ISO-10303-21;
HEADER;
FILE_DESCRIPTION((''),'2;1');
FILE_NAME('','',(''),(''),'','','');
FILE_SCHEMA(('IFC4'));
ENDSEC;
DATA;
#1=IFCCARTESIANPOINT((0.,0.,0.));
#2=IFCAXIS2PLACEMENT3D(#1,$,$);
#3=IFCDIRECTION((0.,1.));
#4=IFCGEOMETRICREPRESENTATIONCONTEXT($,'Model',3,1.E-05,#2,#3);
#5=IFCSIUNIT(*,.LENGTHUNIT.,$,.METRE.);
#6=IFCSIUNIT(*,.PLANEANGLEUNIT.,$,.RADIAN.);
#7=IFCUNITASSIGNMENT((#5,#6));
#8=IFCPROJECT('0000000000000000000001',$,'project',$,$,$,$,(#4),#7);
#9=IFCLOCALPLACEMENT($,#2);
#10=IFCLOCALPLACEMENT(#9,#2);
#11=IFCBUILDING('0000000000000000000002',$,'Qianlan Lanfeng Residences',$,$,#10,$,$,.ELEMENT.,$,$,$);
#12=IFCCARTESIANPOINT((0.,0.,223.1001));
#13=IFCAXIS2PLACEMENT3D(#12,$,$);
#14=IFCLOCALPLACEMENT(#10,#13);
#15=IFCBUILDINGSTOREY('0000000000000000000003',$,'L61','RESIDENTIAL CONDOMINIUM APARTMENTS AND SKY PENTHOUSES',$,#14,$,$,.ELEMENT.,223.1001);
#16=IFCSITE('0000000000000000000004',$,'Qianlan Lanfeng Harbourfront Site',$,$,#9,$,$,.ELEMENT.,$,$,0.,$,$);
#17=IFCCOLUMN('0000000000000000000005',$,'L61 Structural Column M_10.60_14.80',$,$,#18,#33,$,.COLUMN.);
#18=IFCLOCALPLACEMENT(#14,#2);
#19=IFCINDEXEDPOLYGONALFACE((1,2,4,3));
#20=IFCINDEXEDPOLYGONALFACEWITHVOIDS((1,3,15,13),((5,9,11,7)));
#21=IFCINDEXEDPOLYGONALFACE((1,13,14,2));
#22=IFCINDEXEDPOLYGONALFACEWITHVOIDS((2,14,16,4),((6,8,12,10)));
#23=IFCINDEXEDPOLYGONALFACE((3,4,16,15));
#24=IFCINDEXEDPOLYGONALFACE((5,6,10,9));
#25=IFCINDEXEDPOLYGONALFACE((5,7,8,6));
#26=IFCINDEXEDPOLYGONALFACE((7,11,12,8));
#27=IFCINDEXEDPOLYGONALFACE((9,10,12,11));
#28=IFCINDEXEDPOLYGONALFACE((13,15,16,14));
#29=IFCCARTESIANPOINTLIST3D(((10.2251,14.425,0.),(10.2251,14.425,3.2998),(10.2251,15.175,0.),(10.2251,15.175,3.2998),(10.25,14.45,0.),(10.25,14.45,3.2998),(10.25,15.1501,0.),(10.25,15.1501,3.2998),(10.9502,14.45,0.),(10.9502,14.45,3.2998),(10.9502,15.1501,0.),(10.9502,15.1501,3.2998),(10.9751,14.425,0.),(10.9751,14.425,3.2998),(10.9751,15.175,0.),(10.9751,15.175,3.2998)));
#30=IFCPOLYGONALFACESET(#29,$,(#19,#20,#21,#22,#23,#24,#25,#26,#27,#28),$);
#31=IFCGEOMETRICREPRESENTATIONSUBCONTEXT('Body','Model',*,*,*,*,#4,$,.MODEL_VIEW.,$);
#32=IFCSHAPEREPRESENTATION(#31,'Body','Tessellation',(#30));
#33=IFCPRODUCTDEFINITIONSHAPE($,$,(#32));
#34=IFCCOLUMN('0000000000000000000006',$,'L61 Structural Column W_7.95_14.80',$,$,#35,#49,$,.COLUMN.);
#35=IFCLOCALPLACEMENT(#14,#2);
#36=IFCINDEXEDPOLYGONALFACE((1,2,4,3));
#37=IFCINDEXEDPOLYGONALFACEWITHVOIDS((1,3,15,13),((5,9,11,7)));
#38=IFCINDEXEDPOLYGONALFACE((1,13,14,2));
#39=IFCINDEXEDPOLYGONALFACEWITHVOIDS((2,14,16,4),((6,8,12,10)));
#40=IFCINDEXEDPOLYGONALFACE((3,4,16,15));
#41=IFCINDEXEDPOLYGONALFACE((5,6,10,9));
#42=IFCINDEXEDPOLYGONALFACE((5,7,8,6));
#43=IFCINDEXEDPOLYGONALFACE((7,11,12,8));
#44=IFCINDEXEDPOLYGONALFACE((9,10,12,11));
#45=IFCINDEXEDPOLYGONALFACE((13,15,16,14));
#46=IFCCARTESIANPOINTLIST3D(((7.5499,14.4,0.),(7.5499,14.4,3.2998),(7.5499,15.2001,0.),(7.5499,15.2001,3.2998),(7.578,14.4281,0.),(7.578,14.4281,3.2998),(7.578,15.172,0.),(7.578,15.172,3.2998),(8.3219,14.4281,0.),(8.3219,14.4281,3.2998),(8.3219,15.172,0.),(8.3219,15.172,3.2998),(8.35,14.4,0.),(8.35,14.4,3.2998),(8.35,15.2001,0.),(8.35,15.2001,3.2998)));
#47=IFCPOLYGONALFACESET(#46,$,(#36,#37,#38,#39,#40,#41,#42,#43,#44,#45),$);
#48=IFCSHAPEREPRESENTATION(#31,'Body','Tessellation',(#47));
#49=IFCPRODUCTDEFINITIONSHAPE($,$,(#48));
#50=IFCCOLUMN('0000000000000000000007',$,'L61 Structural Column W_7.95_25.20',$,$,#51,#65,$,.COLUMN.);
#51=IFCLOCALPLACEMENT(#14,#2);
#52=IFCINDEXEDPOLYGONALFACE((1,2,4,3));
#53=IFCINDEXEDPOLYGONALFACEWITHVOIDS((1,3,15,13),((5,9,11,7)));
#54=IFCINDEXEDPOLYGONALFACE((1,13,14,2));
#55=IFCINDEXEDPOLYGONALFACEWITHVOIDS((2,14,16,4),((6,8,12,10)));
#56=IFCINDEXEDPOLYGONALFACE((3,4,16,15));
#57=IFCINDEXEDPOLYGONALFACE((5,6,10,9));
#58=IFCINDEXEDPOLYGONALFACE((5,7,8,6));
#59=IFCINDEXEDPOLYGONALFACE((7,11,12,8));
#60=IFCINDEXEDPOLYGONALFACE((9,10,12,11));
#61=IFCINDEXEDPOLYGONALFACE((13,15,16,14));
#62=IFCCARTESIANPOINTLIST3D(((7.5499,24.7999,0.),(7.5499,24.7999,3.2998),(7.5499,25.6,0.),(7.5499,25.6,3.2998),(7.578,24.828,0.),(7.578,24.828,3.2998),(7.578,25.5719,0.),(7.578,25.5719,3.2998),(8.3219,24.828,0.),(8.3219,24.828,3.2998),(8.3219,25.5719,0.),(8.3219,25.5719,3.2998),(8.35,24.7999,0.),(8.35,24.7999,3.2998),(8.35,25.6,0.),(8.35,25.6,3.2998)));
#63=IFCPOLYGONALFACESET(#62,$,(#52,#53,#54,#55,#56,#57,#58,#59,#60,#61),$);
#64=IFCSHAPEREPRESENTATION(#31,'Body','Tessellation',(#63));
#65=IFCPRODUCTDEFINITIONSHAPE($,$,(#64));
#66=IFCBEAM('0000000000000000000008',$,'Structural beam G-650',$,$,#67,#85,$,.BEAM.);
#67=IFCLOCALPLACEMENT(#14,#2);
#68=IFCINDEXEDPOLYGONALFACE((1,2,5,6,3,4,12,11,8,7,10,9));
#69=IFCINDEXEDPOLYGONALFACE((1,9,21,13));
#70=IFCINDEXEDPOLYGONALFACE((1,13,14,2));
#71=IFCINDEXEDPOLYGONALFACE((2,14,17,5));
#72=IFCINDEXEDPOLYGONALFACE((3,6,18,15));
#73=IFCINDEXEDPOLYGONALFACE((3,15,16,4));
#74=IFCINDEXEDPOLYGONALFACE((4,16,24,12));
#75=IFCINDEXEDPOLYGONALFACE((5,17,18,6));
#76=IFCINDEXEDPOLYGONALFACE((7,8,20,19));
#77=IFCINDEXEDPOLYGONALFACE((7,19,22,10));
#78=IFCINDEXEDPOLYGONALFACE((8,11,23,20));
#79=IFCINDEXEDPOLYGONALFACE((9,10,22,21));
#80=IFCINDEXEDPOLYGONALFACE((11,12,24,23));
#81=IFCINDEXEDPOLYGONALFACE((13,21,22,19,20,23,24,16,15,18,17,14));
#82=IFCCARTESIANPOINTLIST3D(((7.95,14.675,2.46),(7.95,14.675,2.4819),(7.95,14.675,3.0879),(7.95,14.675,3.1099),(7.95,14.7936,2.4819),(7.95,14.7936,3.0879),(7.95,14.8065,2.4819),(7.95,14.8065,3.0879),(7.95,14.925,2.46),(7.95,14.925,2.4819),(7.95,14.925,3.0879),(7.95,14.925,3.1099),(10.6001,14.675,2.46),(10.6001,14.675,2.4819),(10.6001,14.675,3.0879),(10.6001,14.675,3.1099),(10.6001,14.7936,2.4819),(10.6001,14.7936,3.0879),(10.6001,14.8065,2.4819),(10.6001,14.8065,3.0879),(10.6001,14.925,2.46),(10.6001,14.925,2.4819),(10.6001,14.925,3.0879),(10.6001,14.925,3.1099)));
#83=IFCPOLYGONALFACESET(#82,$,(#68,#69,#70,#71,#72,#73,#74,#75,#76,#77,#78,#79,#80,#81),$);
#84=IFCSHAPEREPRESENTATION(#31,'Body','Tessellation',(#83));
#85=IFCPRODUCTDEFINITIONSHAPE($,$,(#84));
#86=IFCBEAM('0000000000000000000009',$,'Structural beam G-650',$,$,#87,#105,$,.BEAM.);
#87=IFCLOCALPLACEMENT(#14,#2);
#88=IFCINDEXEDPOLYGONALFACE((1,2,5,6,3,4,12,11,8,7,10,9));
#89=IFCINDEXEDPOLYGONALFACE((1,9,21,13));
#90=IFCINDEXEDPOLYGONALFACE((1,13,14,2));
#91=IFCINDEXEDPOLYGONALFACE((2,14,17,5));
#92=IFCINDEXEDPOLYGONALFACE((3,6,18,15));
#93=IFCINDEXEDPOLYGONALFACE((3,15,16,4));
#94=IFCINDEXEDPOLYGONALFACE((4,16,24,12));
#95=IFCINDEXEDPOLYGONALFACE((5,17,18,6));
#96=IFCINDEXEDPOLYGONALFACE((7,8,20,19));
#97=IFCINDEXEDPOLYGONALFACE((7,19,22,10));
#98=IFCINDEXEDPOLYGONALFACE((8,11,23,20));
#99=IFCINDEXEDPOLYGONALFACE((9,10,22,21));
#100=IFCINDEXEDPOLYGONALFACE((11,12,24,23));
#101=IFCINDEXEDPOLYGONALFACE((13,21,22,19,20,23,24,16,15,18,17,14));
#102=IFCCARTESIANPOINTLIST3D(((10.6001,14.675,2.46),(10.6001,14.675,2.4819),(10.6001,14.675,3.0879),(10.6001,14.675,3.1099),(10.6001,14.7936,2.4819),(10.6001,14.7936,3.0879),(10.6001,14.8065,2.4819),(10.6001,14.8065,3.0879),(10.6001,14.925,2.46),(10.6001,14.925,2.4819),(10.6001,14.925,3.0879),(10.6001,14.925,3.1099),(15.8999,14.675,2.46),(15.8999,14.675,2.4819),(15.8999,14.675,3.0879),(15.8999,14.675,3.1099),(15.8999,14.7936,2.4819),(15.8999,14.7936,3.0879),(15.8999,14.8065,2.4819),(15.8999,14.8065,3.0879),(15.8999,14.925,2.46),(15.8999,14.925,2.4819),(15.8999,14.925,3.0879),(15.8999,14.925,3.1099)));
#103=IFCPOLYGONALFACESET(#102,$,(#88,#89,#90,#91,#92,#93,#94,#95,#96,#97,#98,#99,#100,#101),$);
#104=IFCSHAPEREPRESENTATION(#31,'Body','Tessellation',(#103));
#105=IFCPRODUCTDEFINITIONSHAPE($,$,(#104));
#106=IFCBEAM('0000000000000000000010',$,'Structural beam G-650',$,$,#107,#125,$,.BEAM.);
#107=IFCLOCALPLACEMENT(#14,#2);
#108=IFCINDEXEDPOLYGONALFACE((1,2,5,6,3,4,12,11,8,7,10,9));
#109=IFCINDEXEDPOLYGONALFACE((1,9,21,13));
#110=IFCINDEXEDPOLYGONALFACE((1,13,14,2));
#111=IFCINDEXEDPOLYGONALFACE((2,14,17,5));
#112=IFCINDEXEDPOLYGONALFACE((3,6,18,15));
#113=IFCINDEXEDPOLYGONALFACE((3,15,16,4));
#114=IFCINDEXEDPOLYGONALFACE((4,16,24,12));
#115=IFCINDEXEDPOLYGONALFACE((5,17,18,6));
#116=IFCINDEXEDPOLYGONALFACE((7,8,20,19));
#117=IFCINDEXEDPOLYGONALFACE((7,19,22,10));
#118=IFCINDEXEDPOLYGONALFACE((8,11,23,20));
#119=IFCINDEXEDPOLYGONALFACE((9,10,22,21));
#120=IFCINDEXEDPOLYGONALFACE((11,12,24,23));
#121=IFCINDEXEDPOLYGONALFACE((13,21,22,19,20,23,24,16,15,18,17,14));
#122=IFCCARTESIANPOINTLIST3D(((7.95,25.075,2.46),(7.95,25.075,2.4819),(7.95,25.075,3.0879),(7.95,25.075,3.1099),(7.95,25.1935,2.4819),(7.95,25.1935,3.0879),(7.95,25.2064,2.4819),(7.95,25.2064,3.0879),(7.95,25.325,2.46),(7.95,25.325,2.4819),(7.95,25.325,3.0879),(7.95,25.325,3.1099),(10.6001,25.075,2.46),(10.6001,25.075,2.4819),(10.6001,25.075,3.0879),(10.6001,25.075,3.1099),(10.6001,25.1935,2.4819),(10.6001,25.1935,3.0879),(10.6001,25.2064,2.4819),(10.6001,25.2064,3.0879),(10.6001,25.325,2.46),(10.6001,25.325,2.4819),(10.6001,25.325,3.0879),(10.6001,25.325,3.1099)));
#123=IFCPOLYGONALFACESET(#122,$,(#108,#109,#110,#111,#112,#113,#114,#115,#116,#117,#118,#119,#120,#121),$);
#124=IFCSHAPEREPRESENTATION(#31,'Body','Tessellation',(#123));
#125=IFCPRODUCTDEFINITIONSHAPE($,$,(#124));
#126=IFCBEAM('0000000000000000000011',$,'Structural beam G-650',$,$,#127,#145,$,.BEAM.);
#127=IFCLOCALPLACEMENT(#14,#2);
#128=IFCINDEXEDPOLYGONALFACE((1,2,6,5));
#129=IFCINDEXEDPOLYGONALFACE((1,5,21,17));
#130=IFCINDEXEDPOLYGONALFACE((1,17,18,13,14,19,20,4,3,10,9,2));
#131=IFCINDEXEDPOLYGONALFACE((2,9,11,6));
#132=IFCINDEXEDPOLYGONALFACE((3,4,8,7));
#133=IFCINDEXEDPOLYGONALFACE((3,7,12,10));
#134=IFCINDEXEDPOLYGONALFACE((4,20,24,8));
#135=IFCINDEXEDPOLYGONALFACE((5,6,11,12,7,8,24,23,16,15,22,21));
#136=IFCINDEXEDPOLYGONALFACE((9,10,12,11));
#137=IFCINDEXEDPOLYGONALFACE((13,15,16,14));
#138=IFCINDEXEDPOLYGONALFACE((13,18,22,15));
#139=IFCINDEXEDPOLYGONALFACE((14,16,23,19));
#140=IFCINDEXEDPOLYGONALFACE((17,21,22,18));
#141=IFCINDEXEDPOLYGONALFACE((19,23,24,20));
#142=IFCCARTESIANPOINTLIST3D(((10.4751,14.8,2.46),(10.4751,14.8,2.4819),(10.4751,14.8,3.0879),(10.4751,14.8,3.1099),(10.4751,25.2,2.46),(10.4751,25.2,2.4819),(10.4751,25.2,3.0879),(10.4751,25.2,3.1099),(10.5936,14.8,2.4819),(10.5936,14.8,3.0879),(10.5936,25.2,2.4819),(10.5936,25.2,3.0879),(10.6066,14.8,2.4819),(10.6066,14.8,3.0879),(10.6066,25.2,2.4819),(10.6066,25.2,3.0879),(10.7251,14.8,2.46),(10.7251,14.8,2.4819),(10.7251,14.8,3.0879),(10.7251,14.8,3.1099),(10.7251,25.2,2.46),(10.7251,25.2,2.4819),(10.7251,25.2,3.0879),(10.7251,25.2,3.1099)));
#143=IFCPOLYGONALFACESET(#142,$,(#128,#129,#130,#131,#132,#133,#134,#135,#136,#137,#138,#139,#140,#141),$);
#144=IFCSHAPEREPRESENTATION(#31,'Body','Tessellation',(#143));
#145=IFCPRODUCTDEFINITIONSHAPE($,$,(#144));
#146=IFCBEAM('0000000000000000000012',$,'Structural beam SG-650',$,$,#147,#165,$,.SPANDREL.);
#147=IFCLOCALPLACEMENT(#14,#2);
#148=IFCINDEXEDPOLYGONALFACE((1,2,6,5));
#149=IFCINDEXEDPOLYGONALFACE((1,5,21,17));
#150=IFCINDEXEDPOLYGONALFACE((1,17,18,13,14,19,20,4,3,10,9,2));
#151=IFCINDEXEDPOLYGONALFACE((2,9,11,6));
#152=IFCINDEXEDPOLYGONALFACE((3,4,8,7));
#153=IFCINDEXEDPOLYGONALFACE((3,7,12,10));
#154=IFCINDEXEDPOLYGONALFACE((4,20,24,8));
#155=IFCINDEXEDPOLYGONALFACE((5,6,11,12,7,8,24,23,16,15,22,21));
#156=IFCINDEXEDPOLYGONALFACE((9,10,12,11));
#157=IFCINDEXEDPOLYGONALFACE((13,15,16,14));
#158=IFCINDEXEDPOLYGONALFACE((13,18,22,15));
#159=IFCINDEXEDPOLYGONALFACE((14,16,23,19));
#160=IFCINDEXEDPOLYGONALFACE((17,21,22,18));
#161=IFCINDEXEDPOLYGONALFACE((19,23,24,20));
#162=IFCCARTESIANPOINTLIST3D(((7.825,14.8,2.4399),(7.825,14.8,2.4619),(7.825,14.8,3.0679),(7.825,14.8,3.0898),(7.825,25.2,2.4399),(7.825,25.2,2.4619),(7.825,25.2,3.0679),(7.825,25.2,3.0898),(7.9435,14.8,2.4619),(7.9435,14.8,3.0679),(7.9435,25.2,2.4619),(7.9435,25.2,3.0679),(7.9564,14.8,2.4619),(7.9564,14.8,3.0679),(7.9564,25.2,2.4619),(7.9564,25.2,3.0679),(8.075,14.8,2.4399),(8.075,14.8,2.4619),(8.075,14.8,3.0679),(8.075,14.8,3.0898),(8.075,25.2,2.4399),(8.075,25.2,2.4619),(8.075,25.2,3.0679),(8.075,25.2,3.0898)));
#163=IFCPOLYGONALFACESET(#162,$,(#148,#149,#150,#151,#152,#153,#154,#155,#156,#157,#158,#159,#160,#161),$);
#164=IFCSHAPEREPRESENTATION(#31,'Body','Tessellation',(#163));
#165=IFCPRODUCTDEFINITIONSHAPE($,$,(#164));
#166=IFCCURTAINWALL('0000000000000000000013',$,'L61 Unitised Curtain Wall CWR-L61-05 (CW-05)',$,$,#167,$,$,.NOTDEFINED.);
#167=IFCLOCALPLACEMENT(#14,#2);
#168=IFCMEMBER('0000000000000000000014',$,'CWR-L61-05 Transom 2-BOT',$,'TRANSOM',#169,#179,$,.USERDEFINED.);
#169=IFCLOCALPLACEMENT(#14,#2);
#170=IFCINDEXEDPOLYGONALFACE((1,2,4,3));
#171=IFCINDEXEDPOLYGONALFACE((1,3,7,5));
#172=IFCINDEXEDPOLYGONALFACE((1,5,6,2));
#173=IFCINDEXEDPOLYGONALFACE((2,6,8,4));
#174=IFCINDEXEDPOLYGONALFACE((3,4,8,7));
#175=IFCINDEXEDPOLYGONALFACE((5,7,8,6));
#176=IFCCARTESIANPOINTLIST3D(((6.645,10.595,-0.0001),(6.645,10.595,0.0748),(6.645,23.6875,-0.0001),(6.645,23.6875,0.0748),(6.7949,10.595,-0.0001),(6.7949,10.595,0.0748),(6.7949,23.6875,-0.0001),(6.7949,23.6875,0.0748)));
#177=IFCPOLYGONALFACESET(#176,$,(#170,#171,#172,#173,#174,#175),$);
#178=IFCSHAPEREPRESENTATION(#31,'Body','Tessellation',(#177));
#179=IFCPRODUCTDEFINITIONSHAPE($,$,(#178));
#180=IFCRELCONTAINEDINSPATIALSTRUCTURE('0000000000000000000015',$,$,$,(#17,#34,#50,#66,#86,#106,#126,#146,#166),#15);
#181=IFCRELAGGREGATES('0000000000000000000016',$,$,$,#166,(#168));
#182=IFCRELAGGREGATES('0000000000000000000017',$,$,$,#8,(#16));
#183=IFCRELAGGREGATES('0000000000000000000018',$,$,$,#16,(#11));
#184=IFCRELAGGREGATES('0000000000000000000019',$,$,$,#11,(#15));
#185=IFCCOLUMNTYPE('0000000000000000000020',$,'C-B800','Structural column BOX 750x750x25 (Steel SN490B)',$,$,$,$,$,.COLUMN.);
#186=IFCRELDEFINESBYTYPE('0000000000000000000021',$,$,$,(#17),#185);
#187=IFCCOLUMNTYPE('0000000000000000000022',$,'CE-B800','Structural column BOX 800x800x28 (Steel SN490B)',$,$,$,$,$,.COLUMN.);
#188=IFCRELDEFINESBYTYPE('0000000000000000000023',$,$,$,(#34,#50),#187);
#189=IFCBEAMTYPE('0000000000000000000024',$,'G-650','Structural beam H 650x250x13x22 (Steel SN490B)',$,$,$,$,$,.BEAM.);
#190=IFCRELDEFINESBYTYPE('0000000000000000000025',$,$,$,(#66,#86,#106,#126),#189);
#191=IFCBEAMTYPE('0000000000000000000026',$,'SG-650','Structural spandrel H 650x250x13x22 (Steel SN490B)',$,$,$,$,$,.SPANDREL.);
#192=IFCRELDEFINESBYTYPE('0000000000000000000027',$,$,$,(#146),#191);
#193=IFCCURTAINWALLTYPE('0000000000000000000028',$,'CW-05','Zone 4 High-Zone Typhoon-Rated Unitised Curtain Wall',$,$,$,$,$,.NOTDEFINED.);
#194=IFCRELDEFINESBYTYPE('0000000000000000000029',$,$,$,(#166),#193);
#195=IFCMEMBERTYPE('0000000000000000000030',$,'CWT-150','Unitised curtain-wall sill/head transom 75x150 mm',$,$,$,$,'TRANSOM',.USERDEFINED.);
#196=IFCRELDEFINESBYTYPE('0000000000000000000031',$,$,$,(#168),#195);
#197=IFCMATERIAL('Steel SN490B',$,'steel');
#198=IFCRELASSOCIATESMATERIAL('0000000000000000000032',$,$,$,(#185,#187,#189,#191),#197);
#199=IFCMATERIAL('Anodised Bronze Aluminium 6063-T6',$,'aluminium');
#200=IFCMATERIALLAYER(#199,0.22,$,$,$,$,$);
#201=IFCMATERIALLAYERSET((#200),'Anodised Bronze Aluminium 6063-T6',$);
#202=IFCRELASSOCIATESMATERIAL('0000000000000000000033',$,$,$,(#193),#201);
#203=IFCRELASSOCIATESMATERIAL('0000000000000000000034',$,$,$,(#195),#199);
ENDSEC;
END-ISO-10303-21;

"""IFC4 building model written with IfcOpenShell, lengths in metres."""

from ifc_helpers import new_model, si_unit, direction, frame, origin, origin_2d, place, context, subcontext, project, spatial, rectangle, hollow_rectangle, i_section, extrude, source, transform, mapped, material, layer, layer_set, material_profile, profile_set, type_object, element, aggregate, save


model = new_model("IFC4")

# Units and contexts
model_context = context("Model", 3, precision=1e-05, world=origin(), true_north=direction((0.0, 1.0)))
body_context = subcontext(model_context, "Body", "Model", "MODEL_VIEW")
ifc_project = project(units=[si_unit("LENGTHUNIT", "METRE"), si_unit("PLANEANGLEUNIT", "RADIAN")], contexts=[model_context])

# Site, building, storey
site_placement = place(None, origin())
site = spatial("IfcSite", under=ifc_project, at=site_placement, Name="Qianlan Lanfeng Harbourfront Site", CompositionType="ELEMENT", RefElevation=0.0)
building_placement = place(site_placement, origin())
building = spatial("IfcBuilding", under=site, at=building_placement, Name="Qianlan Lanfeng Residences", CompositionType="ELEMENT")
storey_placement = place(building_placement, frame((0.0, 0.0, 223.1001)))
storey = spatial("IfcBuildingStorey", under=building, at=storey_placement, Name="L61", Description="RESIDENTIAL CONDOMINIUM APARTMENTS AND SKY PENTHOUSES", CompositionType="ELEMENT", Elevation=223.1001)

# Columns
ifc_material_1 = material(Name="Steel SN490B", Category="steel")
ifc_material_profile_1 = material_profile(ifc_material_1, hollow_rectangle(XDim=0.75, YDim=0.75, WallThickness=0.0249, at=origin_2d()), Name="BOX 750x750x25")
ifc_profile_set_1 = profile_set([ifc_material_profile_1], Name="Steel SN490B")
column_type_1 = type_object("IfcColumnType", Name="C-B800", Description="Structural column BOX 750x750x25 (Steel SN490B)", PredefinedType="COLUMN", material=ifc_profile_set_1)
column_placement = place(storey_placement, frame((10.6001, 14.8, 0.0), z_axis=(0.0, 0.0, 1.0), x_axis=(1.0, 0.0, 0.0)))
element("IfcColumn", 1, at=column_placement, inside=storey, type_object=column_type_1, Name="L61 Structural Column M_10.60_14.80", PredefinedType="COLUMN", context=body_context, shape_type="SweptSolid", body=[
    extrude(hollow_rectangle(XDim=0.75, YDim=0.75, WallThickness=0.0249, at=origin_2d()), origin(), (0.0, 0.0, 1.0), 3.2998),
])
ifc_material_profile_2 = material_profile(ifc_material_1, hollow_rectangle(XDim=0.8, YDim=0.8, WallThickness=0.0281, at=origin_2d()), Name="BOX 800x800x28")
ifc_profile_set_2 = profile_set([ifc_material_profile_2], Name="Steel SN490B")
column_type_2 = type_object("IfcColumnType", Name="CE-B800", Description="Structural column BOX 800x800x28 (Steel SN490B)", PredefinedType="COLUMN", material=ifc_profile_set_2)
for number, where, z_axis, x_axis, name in (
    (2, (7.95, 14.8, 0.0), (0.0, 0.0, 1.0), (1.0, 0.0, 0.0), "L61 Structural Column W_7.95_14.80"),
    (3, (7.95, 25.2, 0.0), (0.0, 0.0, 1.0), (1.0, 0.0, 0.0), "L61 Structural Column W_7.95_25.20"),
):
    element("IfcColumn", number, at=place(storey_placement, frame(where, z_axis=z_axis, x_axis=x_axis)), inside=storey, type_object=column_type_2, Name=name, PredefinedType="COLUMN", context=body_context, shape_type="SweptSolid", body=[
        extrude(hollow_rectangle(XDim=0.8, YDim=0.8, WallThickness=0.0281, at=origin_2d()), origin(), (0.0, 0.0, 1.0), 3.2998),
    ])

# Beams
ifc_material_profile_3 = material_profile(ifc_material_1, i_section(OverallWidth=0.25, OverallDepth=0.6499, WebThickness=0.0129, FlangeThickness=0.022, at=origin_2d()), Name="H 650x250x13x22")
ifc_profile_set_3 = profile_set([ifc_material_profile_3], Name="Steel SN490B")
beam_type_1 = type_object("IfcBeamType", Name="G-650", Description="Structural beam H 650x250x13x22 (Steel SN490B)", PredefinedType="BEAM", material=ifc_profile_set_3)
beam_1_placement = place(storey_placement, frame((7.95, 14.8, 2.7849), z_axis=(1.0, 0.0, 0.0), x_axis=(0.0, 1.0, 0.0)))
element("IfcBeam", 4, at=beam_1_placement, inside=storey, type_object=beam_type_1, Name="Structural beam G-650", PredefinedType="BEAM", context=body_context, shape_type="SweptSolid", body=[
    extrude(i_section(OverallWidth=0.25, OverallDepth=0.6499, WebThickness=0.0129, FlangeThickness=0.022, at=origin_2d()), origin(), (0.0, 0.0, 1.0), 2.6501),
])
beam_2_placement = place(storey_placement, frame((10.6001, 14.8, 2.7849), z_axis=(1.0, 0.0, 0.0), x_axis=(0.0, 1.0, 0.0)))
element("IfcBeam", 5, at=beam_2_placement, inside=storey, type_object=beam_type_1, Name="Structural beam G-650", PredefinedType="BEAM", context=body_context, shape_type="SweptSolid", body=[
    extrude(i_section(OverallWidth=0.25, OverallDepth=0.6499, WebThickness=0.0129, FlangeThickness=0.022, at=origin_2d()), origin(), (0.0, 0.0, 1.0), 5.2998),
])
beam_3_placement = place(storey_placement, frame((7.95, 25.2, 2.7849), z_axis=(1.0, 0.0, 0.0), x_axis=(0.0, 1.0, 0.0)))
element("IfcBeam", 6, at=beam_3_placement, inside=storey, type_object=beam_type_1, Name="Structural beam G-650", PredefinedType="BEAM", context=body_context, shape_type="SweptSolid", body=[
    extrude(i_section(OverallWidth=0.25, OverallDepth=0.6499, WebThickness=0.0129, FlangeThickness=0.022, at=origin_2d()), origin(), (0.0, 0.0, 1.0), 2.6501),
])
beam_4_placement = place(storey_placement, frame((10.6001, 14.8, 2.7849), z_axis=(0.0, 1.0, 0.0), x_axis=(-1.0, 0.0, 0.0)))
element("IfcBeam", 7, at=beam_4_placement, inside=storey, type_object=beam_type_1, Name="Structural beam G-650", PredefinedType="BEAM", context=body_context, shape_type="SweptSolid", body=[
    extrude(i_section(OverallWidth=0.25, OverallDepth=0.6499, WebThickness=0.0129, FlangeThickness=0.022, at=origin_2d()), origin(), (0.0, 0.0, 1.0), 10.3999),
])
ifc_material_profile_4 = material_profile(ifc_material_1, i_section(OverallWidth=0.25, OverallDepth=0.6499, WebThickness=0.0129, FlangeThickness=0.022, at=origin_2d()), Name="H 650x250x13x22")
ifc_profile_set_4 = profile_set([ifc_material_profile_4], Name="Steel SN490B")
beam_type_2 = type_object("IfcBeamType", Name="SG-650", Description="Structural spandrel H 650x250x13x22 (Steel SN490B)", PredefinedType="SPANDREL", material=ifc_profile_set_4)
beam_5_placement = place(storey_placement, frame((7.95, 14.8, 2.7649), z_axis=(0.0, 1.0, 0.0), x_axis=(-1.0, 0.0, 0.0)))
element("IfcBeam", 8, at=beam_5_placement, inside=storey, type_object=beam_type_2, Name="Structural beam SG-650", PredefinedType="SPANDREL", context=body_context, shape_type="SweptSolid", body=[
    extrude(i_section(OverallWidth=0.25, OverallDepth=0.6499, WebThickness=0.0129, FlangeThickness=0.022, at=origin_2d()), origin(), (0.0, 0.0, 1.0), 10.3999),
])

# Curtain wall, member
ifc_material_2 = material(Name="Anodised Bronze Aluminium 6063-T6", Category="aluminium")
ifc_layer_1 = layer(ifc_material_2, 0.22)
ifc_layer_set_1 = layer_set([ifc_layer_1], Name="Anodised Bronze Aluminium 6063-T6")
curtain_wall_type = type_object("IfcCurtainWallType", Name="CW-05", Description="Zone 4 High-Zone Typhoon-Rated Unitised Curtain Wall", PredefinedType="NOTDEFINED", material=ifc_layer_set_1)
curtain_wall_placement = place(storey_placement, origin())
curtain_wall = element("IfcCurtainWall", 9, at=curtain_wall_placement, inside=storey, type_object=curtain_wall_type, Name="L61 Unitised Curtain Wall CWR-L61-05 (CW-05)", PredefinedType="NOTDEFINED")
ifc_material_profile_5 = material_profile(ifc_material_2, rectangle(XDim=0.075, YDim=0.1499, at=origin_2d()), Name="ALU TRANSOM 75x150")
ifc_profile_set_5 = profile_set([ifc_material_profile_5], Name="Anodised Bronze Aluminium 6063-T6")
member_type_1 = type_object("IfcMemberType", Name="CWT-150", Description="Unitised curtain-wall sill/head transom 75x150 mm", ElementType="TRANSOM", PredefinedType="USERDEFINED", material=ifc_profile_set_5)
shared_shape_1 = source(origin(), body_context, "Body", "SweptSolid", [
    extrude(rectangle(XDim=0.075, YDim=0.1499, at=origin_2d()), origin(), (0.0, 0.0, 1.0), 13.0925),
])
member_1_placement = place(storey_placement, frame((6.72, 23.6875, 0.0374), z_axis=(0.0, -1.0, 0.0), x_axis=(0.0, 0.0, 1.0)))
member_1 = element("IfcMember", 10, at=member_1_placement, type_object=member_type_1, Name="CWR-L61-05 Transom 2-BOT", ObjectType="TRANSOM", PredefinedType="USERDEFINED", context=body_context, shape_type="MappedRepresentation", body=[
    mapped(shared_shape_1, transform((0.0, 0.0, 0.0), scale=1.0)),
])
aggregate(curtain_wall, [member_1])

save(model, "model.ifc")
